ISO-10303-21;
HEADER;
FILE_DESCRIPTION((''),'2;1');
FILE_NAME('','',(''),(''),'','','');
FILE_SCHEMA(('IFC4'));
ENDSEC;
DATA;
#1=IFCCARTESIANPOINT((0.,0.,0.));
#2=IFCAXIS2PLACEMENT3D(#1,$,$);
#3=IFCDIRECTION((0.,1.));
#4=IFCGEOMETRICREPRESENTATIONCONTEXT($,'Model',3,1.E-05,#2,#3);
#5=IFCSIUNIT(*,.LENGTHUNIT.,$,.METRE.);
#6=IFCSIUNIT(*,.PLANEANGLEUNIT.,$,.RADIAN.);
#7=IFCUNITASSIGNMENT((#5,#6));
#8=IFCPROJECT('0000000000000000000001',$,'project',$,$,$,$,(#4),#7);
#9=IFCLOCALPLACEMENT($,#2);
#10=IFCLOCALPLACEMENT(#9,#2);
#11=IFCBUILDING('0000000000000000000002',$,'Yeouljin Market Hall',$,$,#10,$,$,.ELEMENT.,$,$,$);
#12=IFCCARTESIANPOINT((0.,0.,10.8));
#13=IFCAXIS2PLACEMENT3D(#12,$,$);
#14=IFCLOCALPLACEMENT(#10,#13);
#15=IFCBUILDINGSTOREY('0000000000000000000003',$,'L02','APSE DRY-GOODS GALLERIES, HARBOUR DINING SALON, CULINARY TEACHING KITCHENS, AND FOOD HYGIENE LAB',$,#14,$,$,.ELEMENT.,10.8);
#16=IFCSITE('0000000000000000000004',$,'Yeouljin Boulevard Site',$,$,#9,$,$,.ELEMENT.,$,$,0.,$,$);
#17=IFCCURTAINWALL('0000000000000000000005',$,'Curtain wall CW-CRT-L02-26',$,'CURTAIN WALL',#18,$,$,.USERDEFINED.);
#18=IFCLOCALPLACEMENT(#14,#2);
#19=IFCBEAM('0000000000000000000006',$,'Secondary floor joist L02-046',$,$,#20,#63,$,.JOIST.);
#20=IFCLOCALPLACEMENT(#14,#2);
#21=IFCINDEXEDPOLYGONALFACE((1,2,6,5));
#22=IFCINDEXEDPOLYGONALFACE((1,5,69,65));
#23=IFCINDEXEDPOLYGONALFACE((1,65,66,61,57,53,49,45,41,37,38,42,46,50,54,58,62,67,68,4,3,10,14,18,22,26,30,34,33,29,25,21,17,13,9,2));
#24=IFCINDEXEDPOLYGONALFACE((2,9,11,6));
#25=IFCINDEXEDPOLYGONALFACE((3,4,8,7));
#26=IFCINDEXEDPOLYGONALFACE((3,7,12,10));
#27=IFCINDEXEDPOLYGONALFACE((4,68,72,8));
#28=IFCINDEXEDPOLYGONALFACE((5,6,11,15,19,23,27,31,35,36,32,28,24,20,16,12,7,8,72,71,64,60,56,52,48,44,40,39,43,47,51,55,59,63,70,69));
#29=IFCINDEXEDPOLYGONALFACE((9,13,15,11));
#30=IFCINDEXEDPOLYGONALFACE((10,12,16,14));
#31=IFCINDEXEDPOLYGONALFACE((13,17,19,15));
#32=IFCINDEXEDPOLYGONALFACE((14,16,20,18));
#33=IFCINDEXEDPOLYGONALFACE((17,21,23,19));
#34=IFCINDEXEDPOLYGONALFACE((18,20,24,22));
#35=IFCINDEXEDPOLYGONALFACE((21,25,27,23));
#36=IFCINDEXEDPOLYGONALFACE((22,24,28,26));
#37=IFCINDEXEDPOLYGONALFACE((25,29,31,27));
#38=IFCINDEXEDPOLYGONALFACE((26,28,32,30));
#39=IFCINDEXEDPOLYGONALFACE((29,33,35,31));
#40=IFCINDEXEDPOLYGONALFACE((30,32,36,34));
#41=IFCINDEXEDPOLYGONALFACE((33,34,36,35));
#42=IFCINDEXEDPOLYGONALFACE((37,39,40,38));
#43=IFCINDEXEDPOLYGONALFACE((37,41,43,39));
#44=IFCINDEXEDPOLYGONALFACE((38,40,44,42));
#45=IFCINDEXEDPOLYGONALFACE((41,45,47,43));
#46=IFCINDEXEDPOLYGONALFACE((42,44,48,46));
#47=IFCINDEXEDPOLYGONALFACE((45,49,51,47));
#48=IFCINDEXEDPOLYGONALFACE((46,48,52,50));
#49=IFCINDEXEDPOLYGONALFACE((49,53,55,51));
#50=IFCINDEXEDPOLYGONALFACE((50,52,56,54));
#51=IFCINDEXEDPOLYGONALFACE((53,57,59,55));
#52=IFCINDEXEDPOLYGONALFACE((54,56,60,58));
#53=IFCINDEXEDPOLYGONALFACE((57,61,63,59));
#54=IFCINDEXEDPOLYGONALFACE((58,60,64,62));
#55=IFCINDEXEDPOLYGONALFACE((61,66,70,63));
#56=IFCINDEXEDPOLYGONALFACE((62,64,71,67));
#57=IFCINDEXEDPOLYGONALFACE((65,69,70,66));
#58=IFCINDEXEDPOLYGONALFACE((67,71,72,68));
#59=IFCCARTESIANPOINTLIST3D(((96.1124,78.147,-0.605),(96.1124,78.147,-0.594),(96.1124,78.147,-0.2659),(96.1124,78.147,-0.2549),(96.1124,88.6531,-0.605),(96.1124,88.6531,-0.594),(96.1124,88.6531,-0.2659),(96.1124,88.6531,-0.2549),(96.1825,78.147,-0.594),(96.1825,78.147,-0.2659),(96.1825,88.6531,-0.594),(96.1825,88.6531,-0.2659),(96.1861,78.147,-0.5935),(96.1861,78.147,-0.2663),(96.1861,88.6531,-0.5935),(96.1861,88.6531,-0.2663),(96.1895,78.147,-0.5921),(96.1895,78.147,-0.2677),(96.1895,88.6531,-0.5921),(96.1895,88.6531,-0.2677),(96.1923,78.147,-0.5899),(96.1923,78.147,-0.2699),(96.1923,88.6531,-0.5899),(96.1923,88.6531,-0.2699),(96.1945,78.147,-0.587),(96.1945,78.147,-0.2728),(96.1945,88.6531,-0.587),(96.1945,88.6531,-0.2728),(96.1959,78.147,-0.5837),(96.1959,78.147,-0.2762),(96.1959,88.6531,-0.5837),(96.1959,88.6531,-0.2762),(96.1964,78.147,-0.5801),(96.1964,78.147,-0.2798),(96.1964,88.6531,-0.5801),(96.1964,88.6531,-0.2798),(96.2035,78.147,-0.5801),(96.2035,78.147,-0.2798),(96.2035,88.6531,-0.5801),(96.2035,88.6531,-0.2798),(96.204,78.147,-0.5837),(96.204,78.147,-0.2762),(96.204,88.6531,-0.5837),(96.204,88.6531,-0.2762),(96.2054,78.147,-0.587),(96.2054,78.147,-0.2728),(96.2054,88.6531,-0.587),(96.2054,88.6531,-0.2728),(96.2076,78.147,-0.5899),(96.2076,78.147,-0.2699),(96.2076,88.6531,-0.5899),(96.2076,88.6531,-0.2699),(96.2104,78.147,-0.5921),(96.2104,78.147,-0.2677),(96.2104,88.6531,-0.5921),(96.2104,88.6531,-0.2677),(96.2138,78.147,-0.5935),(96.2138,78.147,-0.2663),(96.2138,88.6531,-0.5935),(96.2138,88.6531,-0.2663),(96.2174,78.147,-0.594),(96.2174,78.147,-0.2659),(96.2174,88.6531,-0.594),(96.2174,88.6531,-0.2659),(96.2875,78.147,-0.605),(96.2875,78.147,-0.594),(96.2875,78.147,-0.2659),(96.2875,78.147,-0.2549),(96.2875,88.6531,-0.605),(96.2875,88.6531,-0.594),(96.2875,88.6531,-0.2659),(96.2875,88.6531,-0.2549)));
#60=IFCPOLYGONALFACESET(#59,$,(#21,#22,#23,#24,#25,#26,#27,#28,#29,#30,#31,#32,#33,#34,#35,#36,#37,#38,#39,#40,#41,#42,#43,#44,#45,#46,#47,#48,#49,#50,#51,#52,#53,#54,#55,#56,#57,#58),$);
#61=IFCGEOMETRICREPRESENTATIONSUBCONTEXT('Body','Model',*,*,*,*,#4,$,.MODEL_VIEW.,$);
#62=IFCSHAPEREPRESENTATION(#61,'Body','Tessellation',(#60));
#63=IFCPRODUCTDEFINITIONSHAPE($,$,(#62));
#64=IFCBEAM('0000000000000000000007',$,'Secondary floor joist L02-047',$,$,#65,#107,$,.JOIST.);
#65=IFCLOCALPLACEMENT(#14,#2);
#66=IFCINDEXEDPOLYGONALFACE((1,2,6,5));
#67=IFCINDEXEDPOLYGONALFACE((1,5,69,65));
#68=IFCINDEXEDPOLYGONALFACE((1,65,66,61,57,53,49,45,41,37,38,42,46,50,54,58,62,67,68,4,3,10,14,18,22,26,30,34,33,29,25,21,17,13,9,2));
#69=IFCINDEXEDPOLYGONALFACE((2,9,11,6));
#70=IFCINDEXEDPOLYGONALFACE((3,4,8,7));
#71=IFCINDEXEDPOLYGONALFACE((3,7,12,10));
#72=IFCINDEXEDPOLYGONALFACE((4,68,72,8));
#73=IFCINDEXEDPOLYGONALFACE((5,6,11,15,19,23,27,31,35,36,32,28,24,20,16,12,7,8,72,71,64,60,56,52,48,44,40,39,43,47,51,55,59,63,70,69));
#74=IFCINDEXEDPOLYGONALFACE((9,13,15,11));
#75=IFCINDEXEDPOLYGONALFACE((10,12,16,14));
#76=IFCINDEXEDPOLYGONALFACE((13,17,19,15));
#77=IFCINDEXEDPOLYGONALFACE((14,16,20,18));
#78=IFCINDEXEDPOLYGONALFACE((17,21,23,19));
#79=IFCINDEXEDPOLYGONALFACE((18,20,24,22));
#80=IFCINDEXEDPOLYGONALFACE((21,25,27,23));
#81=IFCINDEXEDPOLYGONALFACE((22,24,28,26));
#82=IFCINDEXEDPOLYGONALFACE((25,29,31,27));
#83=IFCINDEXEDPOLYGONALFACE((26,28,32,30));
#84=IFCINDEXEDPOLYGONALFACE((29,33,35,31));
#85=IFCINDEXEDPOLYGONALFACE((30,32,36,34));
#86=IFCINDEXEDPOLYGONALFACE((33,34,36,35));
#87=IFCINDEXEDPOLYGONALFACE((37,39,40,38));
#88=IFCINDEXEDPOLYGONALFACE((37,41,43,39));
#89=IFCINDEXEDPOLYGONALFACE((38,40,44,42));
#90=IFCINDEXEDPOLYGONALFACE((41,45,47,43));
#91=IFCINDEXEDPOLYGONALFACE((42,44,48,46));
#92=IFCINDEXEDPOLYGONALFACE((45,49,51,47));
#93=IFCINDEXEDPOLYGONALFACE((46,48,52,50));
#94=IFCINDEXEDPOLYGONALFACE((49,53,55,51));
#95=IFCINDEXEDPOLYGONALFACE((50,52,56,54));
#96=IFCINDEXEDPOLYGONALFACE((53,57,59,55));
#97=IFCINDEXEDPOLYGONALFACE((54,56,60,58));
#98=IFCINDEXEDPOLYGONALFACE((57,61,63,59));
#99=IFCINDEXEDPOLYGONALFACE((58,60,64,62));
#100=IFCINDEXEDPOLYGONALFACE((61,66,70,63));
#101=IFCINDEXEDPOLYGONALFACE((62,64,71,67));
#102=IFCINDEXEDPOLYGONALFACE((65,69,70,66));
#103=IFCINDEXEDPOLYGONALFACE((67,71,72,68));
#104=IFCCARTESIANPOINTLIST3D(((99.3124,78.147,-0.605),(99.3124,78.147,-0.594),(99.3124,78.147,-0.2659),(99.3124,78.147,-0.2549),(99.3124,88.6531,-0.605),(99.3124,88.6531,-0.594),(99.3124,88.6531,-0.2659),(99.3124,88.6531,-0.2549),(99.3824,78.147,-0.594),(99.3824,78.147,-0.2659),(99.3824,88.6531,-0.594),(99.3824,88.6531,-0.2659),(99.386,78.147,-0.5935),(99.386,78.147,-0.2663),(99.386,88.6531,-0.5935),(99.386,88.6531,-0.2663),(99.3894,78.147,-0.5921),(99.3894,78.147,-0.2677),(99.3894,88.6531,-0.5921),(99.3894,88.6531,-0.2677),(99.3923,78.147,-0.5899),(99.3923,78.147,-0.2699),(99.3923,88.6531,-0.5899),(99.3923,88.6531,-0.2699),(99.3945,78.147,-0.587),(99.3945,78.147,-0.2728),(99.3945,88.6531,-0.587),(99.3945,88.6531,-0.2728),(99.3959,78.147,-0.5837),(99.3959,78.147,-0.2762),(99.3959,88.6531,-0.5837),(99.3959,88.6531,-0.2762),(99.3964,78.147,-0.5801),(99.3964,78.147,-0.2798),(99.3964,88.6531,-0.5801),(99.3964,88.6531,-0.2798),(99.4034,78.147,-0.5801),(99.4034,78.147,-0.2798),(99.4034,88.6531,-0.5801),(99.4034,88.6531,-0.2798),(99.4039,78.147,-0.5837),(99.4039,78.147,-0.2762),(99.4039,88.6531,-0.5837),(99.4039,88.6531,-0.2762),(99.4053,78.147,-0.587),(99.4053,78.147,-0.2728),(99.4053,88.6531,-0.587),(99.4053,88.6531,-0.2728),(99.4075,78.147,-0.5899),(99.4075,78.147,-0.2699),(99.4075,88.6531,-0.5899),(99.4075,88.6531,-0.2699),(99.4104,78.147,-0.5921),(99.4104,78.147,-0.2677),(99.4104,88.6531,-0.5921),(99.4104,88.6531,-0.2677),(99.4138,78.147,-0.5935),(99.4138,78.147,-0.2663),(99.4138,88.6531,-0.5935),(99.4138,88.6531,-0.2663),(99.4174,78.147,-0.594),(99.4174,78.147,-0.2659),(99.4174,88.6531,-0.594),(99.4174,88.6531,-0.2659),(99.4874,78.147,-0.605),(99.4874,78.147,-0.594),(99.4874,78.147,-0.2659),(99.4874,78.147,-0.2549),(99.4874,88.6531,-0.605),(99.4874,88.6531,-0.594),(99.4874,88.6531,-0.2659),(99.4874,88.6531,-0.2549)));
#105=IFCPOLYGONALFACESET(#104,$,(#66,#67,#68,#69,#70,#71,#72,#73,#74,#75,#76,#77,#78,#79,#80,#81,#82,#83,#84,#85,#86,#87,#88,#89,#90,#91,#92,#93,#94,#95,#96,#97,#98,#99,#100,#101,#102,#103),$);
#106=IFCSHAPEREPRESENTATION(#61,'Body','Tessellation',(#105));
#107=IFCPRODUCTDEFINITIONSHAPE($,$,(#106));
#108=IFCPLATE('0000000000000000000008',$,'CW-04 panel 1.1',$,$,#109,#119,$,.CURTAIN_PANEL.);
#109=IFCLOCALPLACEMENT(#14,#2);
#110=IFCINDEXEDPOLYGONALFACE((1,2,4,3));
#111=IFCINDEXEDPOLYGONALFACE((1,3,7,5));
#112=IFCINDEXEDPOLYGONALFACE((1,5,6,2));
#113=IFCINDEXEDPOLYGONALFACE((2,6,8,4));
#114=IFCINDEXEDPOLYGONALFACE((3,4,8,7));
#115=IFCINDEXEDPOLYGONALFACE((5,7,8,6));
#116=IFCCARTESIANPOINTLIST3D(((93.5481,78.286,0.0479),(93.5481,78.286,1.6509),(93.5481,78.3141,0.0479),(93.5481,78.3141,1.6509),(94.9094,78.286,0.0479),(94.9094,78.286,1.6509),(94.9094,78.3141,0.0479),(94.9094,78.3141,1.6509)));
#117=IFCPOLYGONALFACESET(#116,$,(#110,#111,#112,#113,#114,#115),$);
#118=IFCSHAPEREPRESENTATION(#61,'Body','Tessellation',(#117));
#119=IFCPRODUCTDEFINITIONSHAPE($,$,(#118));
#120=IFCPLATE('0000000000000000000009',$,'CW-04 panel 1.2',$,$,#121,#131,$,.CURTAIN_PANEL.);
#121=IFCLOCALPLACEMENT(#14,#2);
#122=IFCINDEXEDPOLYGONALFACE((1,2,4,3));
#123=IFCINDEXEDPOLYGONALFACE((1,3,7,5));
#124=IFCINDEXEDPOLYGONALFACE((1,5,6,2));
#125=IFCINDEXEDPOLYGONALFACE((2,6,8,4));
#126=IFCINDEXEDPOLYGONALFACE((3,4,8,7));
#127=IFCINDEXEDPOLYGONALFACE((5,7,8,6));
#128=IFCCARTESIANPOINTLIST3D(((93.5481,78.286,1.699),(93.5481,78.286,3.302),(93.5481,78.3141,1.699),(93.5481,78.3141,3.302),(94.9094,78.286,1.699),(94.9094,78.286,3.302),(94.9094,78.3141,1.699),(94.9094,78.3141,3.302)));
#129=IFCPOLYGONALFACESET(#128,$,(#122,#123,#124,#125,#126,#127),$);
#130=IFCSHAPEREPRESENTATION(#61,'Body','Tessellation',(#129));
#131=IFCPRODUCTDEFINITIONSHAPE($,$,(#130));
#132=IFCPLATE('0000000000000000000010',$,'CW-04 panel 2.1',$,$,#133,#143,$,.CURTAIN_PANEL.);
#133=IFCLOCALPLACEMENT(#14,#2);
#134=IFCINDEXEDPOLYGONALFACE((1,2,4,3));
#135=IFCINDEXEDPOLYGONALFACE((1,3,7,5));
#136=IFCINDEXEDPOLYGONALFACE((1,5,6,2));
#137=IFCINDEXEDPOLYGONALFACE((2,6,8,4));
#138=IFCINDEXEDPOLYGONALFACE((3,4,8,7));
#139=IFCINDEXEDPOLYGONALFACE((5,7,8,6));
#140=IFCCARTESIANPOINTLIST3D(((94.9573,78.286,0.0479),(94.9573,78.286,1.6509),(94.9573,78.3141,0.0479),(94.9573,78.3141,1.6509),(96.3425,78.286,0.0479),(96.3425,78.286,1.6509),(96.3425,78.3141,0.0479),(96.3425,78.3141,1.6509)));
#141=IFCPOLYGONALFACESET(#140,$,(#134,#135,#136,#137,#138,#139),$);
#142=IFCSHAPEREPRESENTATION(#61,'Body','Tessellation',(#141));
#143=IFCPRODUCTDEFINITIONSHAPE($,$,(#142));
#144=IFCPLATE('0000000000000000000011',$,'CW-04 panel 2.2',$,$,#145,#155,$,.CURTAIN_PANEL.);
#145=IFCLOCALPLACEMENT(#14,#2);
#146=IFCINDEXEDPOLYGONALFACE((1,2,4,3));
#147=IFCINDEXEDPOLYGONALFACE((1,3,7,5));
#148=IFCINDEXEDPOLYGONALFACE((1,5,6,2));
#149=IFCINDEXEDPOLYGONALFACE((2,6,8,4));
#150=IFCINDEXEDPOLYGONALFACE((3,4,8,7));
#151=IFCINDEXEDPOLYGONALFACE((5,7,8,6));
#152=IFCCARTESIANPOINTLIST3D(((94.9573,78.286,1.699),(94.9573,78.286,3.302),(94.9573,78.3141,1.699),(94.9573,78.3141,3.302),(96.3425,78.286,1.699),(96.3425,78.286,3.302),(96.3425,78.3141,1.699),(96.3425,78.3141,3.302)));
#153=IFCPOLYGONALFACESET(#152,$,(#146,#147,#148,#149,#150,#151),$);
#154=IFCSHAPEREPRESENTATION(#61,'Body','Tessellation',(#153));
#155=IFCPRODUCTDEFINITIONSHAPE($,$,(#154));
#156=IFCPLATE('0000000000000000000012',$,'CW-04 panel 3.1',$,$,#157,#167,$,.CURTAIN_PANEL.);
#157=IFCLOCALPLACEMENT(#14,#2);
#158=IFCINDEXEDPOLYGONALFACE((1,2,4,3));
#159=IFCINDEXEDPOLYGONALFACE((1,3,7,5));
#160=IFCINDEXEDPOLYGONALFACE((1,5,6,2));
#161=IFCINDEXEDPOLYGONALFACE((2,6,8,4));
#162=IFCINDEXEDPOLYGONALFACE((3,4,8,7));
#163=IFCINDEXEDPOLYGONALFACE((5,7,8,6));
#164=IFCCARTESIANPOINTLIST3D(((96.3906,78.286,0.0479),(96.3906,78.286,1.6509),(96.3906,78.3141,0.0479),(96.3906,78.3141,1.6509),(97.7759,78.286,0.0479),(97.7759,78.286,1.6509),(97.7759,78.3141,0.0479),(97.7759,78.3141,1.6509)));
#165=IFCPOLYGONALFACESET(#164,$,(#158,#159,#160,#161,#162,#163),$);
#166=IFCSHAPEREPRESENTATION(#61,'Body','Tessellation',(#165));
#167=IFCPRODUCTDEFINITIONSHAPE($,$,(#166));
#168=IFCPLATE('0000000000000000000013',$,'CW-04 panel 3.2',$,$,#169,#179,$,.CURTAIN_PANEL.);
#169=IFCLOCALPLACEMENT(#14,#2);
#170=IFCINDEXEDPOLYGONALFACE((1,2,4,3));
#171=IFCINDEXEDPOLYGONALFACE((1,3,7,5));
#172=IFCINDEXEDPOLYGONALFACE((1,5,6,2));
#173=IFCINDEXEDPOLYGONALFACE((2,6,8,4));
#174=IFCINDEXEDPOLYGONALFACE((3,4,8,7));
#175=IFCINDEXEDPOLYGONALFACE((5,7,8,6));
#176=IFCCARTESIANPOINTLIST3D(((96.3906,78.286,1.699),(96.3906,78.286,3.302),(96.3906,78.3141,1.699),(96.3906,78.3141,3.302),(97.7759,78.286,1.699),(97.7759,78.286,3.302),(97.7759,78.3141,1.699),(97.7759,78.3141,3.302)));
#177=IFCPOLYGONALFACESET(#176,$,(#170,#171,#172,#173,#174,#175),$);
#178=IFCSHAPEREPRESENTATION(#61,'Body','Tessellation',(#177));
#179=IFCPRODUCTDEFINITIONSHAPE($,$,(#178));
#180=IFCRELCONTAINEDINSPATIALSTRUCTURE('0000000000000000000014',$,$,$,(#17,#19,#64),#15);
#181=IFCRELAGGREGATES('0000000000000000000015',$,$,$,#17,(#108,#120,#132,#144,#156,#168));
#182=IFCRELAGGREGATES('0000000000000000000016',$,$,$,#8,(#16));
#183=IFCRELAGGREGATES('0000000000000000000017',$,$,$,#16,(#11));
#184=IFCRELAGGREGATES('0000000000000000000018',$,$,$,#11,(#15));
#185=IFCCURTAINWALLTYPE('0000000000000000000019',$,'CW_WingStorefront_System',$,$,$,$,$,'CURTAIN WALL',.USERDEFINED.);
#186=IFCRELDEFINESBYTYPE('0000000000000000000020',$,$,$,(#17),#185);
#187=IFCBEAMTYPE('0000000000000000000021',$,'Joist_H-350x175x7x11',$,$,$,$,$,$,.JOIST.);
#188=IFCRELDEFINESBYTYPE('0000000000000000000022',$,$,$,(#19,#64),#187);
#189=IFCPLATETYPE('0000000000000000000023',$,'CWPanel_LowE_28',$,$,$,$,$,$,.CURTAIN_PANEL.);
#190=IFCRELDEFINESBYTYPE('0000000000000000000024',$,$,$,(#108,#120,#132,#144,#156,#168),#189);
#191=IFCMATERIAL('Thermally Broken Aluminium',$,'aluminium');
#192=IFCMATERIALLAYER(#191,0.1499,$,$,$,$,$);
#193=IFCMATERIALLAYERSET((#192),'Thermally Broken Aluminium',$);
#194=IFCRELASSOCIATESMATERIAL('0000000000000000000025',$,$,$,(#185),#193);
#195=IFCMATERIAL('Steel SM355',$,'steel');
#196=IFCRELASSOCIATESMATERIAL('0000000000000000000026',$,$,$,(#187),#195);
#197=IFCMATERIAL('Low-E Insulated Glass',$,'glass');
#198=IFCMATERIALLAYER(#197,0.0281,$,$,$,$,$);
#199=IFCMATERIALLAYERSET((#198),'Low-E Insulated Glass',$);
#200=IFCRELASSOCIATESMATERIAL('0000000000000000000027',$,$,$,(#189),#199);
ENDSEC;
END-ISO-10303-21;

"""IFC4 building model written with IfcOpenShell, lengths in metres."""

from ifc_helpers import new_model, si_unit, direction, frame, origin, origin_2d, place, context, subcontext, project, spatial, rectangle, i_section, extrude, material, layer, layer_set, material_profile, profile_set, type_object, element, aggregate, save


model = new_model("IFC4")

# Units and contexts
model_context = context("Model", 3, precision=1e-05, world=origin(), true_north=direction((0.0, 1.0)))
body_context = subcontext(model_context, "Body", "Model", "MODEL_VIEW")
ifc_project = project(units=[si_unit("LENGTHUNIT", "METRE"), si_unit("PLANEANGLEUNIT", "RADIAN")], contexts=[model_context])

# Site, building, storey
site_placement = place(None, origin())
site = spatial("IfcSite", under=ifc_project, at=site_placement, Name="Yeouljin Boulevard Site", CompositionType="ELEMENT", RefElevation=0.0)
building_placement = place(site_placement, origin())
building = spatial("IfcBuilding", under=site, at=building_placement, Name="Yeouljin Market Hall", CompositionType="ELEMENT")
storey_placement = place(building_placement, frame((0.0, 0.0, 10.8)))
storey = spatial("IfcBuildingStorey", under=building, at=storey_placement, Name="L02", Description="APSE DRY-GOODS GALLERIES, HARBOUR DINING SALON, CULINARY TEACHING KITCHENS, AND FOOD HYGIENE LAB", CompositionType="ELEMENT", Elevation=10.8)

# Curtain wall
ifc_material_1 = material(Name="Thermally Broken Aluminium", Category="aluminium")
ifc_layer_1 = layer(ifc_material_1, 0.1499)
ifc_layer_set_1 = layer_set([ifc_layer_1], Name="Thermally Broken Aluminium")
curtain_wall_type = type_object("IfcCurtainWallType", Name="CW_WingStorefront_System", ElementType="CURTAIN WALL", PredefinedType="USERDEFINED", material=ifc_layer_set_1)
curtain_wall_placement = place(storey_placement, origin())
curtain_wall = element("IfcCurtainWall", 1, at=curtain_wall_placement, inside=storey, type_object=curtain_wall_type, Name="Curtain wall CW-CRT-L02-26", ObjectType="CURTAIN WALL", PredefinedType="USERDEFINED")

# Beams
ifc_material_2 = material(Name="Steel SM355", Category="steel")
ifc_material_profile_1 = material_profile(ifc_material_2, i_section(OverallWidth=0.175, OverallDepth=0.3501, WebThickness=0.0071, FlangeThickness=0.011, FilletRadius=0.0139, at=origin_2d()), Name="H-350x175x7x11")
ifc_profile_set_1 = profile_set([ifc_material_profile_1], Name="Steel SM355")
beam_type = type_object("IfcBeamType", Name="Joist_H-350x175x7x11", PredefinedType="JOIST", material=ifc_profile_set_1)
for number, where, z_axis, x_axis, name in (
    (2, (96.2, 78.147, -0.4299), (0.0, 1.0, 0.0), (-1.0, 0.0, 0.0), "Secondary floor joist L02-046"),
    (3, (99.3999, 78.147, -0.4299), (0.0, 1.0, 0.0), (-1.0, 0.0, 0.0), "Secondary floor joist L02-047"),
):
    element("IfcBeam", number, at=place(storey_placement, frame(where, z_axis=z_axis, x_axis=x_axis)), inside=storey, type_object=beam_type, Name=name, PredefinedType="JOIST", context=body_context, shape_type="SweptSolid", body=[
        extrude(i_section(OverallWidth=0.175, OverallDepth=0.3501, WebThickness=0.0071, FlangeThickness=0.011, FilletRadius=0.0139, at=origin_2d()), origin(), (0.0, 0.0, 1.0), 10.5061),
    ])

# Plates
ifc_material_3 = material(Name="Low-E Insulated Glass", Category="glass")
ifc_layer_2 = layer(ifc_material_3, 0.0281)
ifc_layer_set_2 = layer_set([ifc_layer_2], Name="Low-E Insulated Glass")
plate_type = type_object("IfcPlateType", Name="CWPanel_LowE_28", PredefinedType="CURTAIN_PANEL", material=ifc_layer_set_2)
plate_1_placement = place(storey_placement, frame((94.2288, 78.3, 0.0479), z_axis=(0.0, 0.0, 1.0), x_axis=(1.0, 0.0, 0.0)))
plate_1 = element("IfcPlate", 4, at=plate_1_placement, type_object=plate_type, Name="CW-04 panel 1.1", PredefinedType="CURTAIN_PANEL", context=body_context, shape_type="SweptSolid", body=[
    extrude(rectangle(XDim=1.3613, YDim=0.0281, at=origin_2d()), origin(), (0.0, 0.0, 1.0), 1.603),
])
plate_2_placement = place(storey_placement, frame((94.2288, 78.3, 1.699), z_axis=(0.0, 0.0, 1.0), x_axis=(1.0, 0.0, 0.0)))
plate_2 = element("IfcPlate", 5, at=plate_2_placement, type_object=plate_type, Name="CW-04 panel 1.2", PredefinedType="CURTAIN_PANEL", context=body_context, shape_type="SweptSolid", body=[
    extrude(rectangle(XDim=1.3613, YDim=0.0281, at=origin_2d()), origin(), (0.0, 0.0, 1.0), 1.603),
])
plate_3_placement = place(storey_placement, frame((95.6499, 78.3, 0.0479), z_axis=(0.0, 0.0, 1.0), x_axis=(1.0, 0.0, 0.0)))
plate_3 = element("IfcPlate", 6, at=plate_3_placement, type_object=plate_type, Name="CW-04 panel 2.1", PredefinedType="CURTAIN_PANEL", context=body_context, shape_type="SweptSolid", body=[
    extrude(rectangle(XDim=1.3853, YDim=0.0281, at=origin_2d()), origin(), (0.0, 0.0, 1.0), 1.603),
])
plate_4_placement = place(storey_placement, frame((95.6499, 78.3, 1.699), z_axis=(0.0, 0.0, 1.0), x_axis=(1.0, 0.0, 0.0)))
plate_4 = element("IfcPlate", 7, at=plate_4_placement, type_object=plate_type, Name="CW-04 panel 2.2", PredefinedType="CURTAIN_PANEL", context=body_context, shape_type="SweptSolid", body=[
    extrude(rectangle(XDim=1.3853, YDim=0.0281, at=origin_2d()), origin(), (0.0, 0.0, 1.0), 1.603),
])
plate_5_placement = place(storey_placement, frame((97.0833, 78.3, 0.0479), z_axis=(0.0, 0.0, 1.0), x_axis=(1.0, 0.0, 0.0)))
plate_5 = element("IfcPlate", 8, at=plate_5_placement, type_object=plate_type, Name="CW-04 panel 3.1", PredefinedType="CURTAIN_PANEL", context=body_context, shape_type="SweptSolid", body=[
    extrude(rectangle(XDim=1.3853, YDim=0.0281, at=origin_2d()), origin(), (0.0, 0.0, 1.0), 1.603),
])
plate_6_placement = place(storey_placement, frame((97.0833, 78.3, 1.699), z_axis=(0.0, 0.0, 1.0), x_axis=(1.0, 0.0, 0.0)))
plate_6 = element("IfcPlate", 9, at=plate_6_placement, type_object=plate_type, Name="CW-04 panel 3.2", PredefinedType="CURTAIN_PANEL", context=body_context, shape_type="SweptSolid", body=[
    extrude(rectangle(XDim=1.3853, YDim=0.0281, at=origin_2d()), origin(), (0.0, 0.0, 1.0), 1.603),
])
aggregate(curtain_wall, [plate_1, plate_2, plate_3, plate_4, plate_5, plate_6])

save(model, "model.ifc")
